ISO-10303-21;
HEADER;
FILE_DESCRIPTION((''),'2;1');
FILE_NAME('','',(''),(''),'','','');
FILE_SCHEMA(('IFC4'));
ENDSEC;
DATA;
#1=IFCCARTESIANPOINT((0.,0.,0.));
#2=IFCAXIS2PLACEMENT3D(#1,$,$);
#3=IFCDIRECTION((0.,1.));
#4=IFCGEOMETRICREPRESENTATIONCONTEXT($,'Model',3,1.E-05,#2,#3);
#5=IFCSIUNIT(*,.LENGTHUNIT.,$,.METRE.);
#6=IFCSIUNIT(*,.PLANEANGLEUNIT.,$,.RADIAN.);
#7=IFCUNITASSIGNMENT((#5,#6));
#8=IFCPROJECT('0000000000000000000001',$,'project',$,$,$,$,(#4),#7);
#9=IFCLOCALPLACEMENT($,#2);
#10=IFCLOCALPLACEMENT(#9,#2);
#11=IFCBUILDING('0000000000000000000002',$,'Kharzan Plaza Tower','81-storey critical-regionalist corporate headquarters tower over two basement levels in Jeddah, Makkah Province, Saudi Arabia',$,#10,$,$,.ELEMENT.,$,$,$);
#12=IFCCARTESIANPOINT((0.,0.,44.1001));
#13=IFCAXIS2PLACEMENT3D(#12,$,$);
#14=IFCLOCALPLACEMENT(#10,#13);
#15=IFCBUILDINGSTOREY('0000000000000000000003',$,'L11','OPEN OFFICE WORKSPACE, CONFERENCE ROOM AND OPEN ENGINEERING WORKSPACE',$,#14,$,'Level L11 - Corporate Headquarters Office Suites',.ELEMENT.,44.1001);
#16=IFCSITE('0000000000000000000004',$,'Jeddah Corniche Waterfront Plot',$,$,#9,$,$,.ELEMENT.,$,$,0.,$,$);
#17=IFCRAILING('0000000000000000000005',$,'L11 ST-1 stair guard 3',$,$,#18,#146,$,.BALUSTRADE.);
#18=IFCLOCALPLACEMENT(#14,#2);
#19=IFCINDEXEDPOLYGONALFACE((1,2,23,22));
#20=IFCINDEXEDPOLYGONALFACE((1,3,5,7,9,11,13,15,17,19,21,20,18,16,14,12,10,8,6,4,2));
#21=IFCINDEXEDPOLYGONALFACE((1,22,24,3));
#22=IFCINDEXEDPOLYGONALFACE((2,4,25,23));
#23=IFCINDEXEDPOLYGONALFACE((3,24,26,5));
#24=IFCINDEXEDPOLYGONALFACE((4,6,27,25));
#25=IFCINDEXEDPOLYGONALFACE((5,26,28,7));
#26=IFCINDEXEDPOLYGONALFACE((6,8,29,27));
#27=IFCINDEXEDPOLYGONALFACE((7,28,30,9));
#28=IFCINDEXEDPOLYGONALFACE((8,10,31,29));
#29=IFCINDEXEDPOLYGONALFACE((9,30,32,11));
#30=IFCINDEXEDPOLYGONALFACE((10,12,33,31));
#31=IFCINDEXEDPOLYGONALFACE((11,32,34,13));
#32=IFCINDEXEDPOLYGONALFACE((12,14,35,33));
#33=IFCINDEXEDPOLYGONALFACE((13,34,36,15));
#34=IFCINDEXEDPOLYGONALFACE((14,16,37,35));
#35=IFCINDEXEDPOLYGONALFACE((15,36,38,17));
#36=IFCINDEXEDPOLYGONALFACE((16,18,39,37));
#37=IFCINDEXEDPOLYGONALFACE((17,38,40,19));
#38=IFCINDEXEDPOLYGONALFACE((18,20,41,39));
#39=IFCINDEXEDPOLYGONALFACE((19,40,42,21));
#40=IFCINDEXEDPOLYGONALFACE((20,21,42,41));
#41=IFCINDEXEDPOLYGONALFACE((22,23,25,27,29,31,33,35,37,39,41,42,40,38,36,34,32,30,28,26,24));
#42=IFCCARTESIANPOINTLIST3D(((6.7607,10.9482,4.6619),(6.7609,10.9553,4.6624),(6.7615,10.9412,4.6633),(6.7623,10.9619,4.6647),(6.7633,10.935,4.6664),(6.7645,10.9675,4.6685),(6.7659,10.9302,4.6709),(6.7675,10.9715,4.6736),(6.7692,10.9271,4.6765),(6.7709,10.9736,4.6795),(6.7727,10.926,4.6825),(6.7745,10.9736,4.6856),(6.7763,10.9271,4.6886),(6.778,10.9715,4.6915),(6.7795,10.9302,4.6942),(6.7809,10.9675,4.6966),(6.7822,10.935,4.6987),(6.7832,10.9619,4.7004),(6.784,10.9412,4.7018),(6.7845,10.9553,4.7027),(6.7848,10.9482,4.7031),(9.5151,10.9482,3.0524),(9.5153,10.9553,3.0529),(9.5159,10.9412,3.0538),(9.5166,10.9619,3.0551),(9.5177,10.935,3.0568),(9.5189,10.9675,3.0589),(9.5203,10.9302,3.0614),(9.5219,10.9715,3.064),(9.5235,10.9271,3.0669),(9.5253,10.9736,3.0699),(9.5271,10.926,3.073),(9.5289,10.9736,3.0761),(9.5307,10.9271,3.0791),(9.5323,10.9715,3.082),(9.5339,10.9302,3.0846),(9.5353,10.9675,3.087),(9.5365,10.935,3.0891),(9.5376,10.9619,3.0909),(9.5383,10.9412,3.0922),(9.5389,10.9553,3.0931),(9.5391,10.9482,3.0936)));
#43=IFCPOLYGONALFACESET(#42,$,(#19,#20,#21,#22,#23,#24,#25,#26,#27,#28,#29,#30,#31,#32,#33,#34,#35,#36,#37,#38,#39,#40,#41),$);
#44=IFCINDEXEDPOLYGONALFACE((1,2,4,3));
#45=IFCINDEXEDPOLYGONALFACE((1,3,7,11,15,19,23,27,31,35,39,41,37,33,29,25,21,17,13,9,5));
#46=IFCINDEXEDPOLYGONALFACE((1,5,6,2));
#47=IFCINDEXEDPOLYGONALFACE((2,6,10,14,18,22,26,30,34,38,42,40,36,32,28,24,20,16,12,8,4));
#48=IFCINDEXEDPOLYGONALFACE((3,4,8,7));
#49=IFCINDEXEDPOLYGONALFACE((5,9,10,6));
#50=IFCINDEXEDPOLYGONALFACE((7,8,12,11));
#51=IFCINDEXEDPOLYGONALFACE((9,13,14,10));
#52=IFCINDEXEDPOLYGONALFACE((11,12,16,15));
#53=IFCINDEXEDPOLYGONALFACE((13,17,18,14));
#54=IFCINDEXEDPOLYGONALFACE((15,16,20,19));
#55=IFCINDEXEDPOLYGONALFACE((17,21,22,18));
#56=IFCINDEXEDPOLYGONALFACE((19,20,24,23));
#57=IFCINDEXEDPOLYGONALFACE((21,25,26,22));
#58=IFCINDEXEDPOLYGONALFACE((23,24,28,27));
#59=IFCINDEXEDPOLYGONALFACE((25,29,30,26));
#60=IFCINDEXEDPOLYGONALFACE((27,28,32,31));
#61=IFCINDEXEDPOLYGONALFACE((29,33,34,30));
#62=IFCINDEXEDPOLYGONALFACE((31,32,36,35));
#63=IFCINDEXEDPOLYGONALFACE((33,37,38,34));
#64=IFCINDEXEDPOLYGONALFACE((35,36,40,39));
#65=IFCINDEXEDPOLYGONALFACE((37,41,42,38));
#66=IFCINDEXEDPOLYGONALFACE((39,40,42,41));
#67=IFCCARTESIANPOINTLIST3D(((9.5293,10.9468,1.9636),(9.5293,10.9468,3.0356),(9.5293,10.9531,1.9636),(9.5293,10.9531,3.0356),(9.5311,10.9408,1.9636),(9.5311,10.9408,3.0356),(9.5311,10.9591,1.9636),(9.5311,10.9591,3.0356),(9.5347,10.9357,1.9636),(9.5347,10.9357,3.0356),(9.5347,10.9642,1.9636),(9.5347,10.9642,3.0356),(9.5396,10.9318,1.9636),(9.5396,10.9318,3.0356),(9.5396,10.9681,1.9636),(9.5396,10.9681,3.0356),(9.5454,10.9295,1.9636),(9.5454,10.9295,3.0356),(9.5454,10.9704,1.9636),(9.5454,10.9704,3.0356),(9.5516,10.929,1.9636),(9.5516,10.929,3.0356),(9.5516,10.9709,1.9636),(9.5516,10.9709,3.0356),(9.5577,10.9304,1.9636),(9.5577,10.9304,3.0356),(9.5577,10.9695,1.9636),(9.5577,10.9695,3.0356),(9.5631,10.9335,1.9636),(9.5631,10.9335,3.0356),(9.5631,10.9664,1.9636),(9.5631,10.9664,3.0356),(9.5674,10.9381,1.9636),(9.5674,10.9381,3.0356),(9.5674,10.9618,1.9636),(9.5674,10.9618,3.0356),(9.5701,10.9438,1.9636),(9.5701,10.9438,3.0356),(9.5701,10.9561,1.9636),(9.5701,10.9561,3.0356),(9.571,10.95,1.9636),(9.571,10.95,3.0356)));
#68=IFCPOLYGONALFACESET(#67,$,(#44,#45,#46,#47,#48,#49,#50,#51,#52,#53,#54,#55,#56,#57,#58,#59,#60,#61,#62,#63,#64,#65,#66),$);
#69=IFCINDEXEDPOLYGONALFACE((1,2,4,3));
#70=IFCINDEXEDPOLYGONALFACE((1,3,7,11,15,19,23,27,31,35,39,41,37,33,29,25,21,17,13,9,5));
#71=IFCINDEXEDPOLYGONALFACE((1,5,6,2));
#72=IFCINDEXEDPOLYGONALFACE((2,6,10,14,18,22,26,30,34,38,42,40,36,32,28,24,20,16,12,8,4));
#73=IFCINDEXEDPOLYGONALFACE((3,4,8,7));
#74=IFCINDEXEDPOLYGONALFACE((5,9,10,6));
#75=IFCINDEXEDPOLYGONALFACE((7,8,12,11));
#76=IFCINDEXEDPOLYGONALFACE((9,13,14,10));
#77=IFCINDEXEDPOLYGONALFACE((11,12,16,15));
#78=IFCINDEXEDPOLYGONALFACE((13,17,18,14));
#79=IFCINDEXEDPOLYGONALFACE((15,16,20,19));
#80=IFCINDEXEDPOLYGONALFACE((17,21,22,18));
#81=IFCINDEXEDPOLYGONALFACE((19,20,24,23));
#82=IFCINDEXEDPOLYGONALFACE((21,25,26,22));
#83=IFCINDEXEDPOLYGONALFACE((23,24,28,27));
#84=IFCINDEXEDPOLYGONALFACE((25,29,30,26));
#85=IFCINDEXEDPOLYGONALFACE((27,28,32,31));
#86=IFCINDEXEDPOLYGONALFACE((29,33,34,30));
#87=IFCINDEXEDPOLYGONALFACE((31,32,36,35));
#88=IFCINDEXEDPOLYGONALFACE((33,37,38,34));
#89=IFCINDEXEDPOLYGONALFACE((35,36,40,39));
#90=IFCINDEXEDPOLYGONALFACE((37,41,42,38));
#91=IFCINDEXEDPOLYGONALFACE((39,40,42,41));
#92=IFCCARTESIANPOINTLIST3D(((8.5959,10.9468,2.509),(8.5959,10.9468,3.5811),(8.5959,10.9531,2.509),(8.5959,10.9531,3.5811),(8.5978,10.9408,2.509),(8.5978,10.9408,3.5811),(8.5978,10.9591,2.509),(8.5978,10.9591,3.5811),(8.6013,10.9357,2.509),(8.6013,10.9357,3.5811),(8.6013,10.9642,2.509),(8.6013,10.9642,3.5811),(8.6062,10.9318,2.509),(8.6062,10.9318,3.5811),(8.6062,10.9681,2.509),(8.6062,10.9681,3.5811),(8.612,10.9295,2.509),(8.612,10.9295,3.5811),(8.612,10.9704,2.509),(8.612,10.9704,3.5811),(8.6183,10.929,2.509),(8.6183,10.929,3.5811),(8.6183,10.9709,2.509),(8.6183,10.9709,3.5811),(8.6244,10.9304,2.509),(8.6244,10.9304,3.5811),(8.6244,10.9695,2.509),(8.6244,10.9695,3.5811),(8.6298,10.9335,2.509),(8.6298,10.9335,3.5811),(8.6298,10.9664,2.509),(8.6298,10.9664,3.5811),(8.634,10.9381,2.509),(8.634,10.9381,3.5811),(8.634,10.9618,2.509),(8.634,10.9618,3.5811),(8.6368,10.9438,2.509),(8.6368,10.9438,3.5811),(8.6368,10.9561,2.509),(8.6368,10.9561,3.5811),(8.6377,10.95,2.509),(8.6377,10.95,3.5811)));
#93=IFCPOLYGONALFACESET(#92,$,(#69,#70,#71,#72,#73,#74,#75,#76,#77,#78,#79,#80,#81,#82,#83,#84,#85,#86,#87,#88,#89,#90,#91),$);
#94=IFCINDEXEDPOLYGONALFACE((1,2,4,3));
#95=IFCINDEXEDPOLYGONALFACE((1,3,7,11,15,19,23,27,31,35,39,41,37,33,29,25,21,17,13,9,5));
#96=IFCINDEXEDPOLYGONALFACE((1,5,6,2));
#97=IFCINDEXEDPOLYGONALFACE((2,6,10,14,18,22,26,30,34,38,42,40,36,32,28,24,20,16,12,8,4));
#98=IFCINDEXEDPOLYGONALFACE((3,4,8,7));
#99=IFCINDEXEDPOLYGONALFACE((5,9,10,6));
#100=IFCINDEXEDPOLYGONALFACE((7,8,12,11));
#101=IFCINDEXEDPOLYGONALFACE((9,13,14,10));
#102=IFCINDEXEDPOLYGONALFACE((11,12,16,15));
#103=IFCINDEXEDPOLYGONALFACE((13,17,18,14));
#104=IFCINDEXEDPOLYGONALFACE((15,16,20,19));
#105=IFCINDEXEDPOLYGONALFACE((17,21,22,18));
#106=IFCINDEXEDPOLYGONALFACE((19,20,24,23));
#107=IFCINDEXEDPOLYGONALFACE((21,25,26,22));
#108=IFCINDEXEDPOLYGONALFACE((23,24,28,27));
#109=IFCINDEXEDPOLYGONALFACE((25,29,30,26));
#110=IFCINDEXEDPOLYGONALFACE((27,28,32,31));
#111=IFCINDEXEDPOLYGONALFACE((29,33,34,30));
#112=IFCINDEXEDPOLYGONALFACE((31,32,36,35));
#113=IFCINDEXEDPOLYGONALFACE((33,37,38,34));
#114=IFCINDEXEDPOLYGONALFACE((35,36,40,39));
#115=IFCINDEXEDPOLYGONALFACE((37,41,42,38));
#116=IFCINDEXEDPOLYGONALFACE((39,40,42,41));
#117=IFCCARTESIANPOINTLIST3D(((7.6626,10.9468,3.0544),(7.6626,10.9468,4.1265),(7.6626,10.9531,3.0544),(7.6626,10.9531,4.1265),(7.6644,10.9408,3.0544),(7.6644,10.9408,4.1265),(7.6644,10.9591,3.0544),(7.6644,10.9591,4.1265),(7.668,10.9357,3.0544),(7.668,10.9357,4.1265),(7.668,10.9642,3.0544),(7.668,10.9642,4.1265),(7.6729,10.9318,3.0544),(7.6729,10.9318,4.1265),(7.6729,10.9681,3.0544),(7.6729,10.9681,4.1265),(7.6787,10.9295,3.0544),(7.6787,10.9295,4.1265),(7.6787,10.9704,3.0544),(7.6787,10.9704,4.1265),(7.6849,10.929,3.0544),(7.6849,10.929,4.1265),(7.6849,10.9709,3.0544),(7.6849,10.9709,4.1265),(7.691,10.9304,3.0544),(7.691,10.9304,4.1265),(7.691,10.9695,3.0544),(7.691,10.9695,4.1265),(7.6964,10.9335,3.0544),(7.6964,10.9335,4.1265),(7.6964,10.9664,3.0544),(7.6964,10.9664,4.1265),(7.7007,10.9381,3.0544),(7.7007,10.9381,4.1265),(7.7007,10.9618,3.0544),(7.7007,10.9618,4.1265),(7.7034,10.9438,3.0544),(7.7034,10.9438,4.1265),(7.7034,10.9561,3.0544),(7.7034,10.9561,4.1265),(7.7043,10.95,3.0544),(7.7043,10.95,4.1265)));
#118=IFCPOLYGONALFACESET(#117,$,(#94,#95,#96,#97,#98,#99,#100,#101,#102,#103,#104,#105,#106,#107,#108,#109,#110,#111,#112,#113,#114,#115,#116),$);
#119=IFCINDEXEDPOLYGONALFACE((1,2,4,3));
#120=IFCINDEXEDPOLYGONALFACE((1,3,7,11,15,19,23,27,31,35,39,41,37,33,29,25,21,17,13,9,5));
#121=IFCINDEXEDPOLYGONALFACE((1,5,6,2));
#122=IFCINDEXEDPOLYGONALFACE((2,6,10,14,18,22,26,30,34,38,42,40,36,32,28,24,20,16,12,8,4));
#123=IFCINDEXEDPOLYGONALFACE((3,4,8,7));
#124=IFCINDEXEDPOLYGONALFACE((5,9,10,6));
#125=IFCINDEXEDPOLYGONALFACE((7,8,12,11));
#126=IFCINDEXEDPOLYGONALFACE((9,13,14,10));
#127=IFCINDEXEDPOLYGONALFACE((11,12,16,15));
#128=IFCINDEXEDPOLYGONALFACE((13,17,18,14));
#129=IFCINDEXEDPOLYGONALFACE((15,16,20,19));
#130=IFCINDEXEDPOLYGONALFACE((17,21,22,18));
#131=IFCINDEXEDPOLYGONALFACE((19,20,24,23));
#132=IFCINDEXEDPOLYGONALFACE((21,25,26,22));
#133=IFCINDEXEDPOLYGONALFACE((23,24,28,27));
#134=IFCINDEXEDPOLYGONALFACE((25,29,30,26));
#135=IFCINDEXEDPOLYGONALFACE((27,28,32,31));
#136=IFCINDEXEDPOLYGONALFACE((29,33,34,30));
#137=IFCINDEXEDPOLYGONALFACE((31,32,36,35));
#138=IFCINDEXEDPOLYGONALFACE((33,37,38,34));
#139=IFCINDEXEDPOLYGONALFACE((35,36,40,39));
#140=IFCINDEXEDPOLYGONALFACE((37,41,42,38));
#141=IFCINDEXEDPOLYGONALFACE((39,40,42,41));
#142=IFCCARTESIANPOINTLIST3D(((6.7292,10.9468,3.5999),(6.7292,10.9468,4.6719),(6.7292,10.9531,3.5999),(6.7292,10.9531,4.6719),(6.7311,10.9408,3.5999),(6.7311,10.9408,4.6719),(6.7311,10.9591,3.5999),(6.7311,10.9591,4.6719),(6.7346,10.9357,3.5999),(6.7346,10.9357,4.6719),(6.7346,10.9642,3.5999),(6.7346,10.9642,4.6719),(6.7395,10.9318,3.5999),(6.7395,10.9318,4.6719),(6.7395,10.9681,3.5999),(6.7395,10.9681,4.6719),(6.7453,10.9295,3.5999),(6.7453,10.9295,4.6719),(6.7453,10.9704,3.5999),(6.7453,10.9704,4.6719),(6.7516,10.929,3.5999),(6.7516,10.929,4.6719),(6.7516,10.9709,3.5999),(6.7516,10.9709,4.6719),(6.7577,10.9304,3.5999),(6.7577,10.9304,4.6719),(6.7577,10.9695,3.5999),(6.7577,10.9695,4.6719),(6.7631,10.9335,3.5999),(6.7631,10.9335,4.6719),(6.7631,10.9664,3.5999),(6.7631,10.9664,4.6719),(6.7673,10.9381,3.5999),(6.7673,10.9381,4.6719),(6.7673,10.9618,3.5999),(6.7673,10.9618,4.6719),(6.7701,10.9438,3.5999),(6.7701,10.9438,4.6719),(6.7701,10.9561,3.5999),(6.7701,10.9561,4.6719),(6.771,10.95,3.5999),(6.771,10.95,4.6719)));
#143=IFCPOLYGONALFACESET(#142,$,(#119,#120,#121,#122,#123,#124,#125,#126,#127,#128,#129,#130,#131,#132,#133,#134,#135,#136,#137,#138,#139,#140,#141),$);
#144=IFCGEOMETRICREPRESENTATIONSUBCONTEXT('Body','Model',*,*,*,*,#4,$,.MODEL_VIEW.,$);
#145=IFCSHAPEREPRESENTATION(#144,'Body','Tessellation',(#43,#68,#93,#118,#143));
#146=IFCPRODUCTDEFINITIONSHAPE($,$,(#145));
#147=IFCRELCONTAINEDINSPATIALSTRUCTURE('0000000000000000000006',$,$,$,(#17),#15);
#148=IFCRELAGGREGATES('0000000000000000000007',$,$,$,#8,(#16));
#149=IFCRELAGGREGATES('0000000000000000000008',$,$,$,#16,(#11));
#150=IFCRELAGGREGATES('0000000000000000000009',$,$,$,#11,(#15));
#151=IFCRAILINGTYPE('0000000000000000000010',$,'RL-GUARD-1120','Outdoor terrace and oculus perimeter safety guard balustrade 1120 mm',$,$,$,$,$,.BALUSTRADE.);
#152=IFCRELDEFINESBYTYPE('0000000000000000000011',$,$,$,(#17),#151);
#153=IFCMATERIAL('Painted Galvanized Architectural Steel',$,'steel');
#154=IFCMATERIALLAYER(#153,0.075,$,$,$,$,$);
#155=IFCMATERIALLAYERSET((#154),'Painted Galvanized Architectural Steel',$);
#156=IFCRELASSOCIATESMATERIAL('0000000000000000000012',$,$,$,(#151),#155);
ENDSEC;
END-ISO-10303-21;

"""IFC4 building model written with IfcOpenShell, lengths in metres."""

from ifc_helpers import new_model, si_unit, direction, frame, origin, origin_2d, place, context, subcontext, project, spatial, circle, extrude, source, transform, mapped, material, layer, layer_set, type_object, element, save


model = new_model("IFC4")

# Units and contexts
model_context = context("Model", 3, precision=1e-05, world=origin(), true_north=direction((0.0, 1.0)))
body_context = subcontext(model_context, "Body", "Model", "MODEL_VIEW")
ifc_project = project(units=[si_unit("LENGTHUNIT", "METRE"), si_unit("PLANEANGLEUNIT", "RADIAN")], contexts=[model_context])

# Site, building, storey
site_placement = place(None, origin())
site = spatial("IfcSite", under=ifc_project, at=site_placement, Name="Jeddah Corniche Waterfront Plot", CompositionType="ELEMENT", RefElevation=0.0)
building_placement = place(site_placement, origin())
building = spatial("IfcBuilding", under=site, at=building_placement, Name="Kharzan Plaza Tower", Description="81-storey critical-regionalist corporate headquarters tower over two basement levels in Jeddah, Makkah Province, Saudi Arabia", CompositionType="ELEMENT")
storey_placement = place(building_placement, frame((0.0, 0.0, 44.1001)))
storey = spatial("IfcBuildingStorey", under=building, at=storey_placement, Name="L11", Description="OPEN OFFICE WORKSPACE, CONFERENCE ROOM AND OPEN ENGINEERING WORKSPACE", LongName="Level L11 - Corporate Headquarters Office Suites", CompositionType="ELEMENT", Elevation=44.1001)

# Railing
ifc_material_1 = material(Name="Painted Galvanized Architectural Steel", Category="steel")
ifc_layer_1 = layer(ifc_material_1, 0.075)
ifc_layer_set_1 = layer_set([ifc_layer_1], Name="Painted Galvanized Architectural Steel")
railing_type_1 = type_object("IfcRailingType", Name="RL-GUARD-1120", Description="Outdoor terrace and oculus perimeter safety guard balustrade 1120 mm", PredefinedType="BALUSTRADE", material=ifc_layer_set_1)
shared_shape_1 = source(origin(), body_context, "Body", "SweptSolid", [
    extrude(circle(Radius=0.0239, at=origin_2d()), frame((-0.0229, 0.0, 1.1094), z_axis=(-0.863394, 0.0, 0.504531), x_axis=(0.0, -1.0, 0.0)), (0.0, 0.0, 1.0), 3.1902),
    extrude(circle(Radius=0.021, at=origin_2d()), origin(), (0.0, 0.0, 1.0), 1.072),
    extrude(circle(Radius=0.021, at=origin_2d()), frame((-0.9333, 0.0, 0.5454)), (0.0, 0.0, 1.0), 1.072),
    extrude(circle(Radius=0.021, at=origin_2d()), frame((-1.8667, 0.0, 1.0908)), (0.0, 0.0, 1.0), 1.072),
    extrude(circle(Radius=0.021, at=origin_2d()), frame((-2.8, 0.0, 1.6362)), (0.0, 0.0, 1.0), 1.072),
])
railing_1_placement = place(storey_placement, frame((9.55, 10.95, 1.9636)))
element("IfcRailing", 1, at=railing_1_placement, inside=storey, type_object=railing_type_1, Name="L11 ST-1 stair guard 3", PredefinedType="BALUSTRADE", context=body_context, shape_type="MappedRepresentation", body=[
    mapped(shared_shape_1, transform((0.0, 0.0, 0.0), x_axis=(1.0, 0.0, 0.0), y_axis=(0.0, 1.0, 0.0), z_axis=(0.0, 0.0, 1.0))),
])

save(model, "model.ifc")
